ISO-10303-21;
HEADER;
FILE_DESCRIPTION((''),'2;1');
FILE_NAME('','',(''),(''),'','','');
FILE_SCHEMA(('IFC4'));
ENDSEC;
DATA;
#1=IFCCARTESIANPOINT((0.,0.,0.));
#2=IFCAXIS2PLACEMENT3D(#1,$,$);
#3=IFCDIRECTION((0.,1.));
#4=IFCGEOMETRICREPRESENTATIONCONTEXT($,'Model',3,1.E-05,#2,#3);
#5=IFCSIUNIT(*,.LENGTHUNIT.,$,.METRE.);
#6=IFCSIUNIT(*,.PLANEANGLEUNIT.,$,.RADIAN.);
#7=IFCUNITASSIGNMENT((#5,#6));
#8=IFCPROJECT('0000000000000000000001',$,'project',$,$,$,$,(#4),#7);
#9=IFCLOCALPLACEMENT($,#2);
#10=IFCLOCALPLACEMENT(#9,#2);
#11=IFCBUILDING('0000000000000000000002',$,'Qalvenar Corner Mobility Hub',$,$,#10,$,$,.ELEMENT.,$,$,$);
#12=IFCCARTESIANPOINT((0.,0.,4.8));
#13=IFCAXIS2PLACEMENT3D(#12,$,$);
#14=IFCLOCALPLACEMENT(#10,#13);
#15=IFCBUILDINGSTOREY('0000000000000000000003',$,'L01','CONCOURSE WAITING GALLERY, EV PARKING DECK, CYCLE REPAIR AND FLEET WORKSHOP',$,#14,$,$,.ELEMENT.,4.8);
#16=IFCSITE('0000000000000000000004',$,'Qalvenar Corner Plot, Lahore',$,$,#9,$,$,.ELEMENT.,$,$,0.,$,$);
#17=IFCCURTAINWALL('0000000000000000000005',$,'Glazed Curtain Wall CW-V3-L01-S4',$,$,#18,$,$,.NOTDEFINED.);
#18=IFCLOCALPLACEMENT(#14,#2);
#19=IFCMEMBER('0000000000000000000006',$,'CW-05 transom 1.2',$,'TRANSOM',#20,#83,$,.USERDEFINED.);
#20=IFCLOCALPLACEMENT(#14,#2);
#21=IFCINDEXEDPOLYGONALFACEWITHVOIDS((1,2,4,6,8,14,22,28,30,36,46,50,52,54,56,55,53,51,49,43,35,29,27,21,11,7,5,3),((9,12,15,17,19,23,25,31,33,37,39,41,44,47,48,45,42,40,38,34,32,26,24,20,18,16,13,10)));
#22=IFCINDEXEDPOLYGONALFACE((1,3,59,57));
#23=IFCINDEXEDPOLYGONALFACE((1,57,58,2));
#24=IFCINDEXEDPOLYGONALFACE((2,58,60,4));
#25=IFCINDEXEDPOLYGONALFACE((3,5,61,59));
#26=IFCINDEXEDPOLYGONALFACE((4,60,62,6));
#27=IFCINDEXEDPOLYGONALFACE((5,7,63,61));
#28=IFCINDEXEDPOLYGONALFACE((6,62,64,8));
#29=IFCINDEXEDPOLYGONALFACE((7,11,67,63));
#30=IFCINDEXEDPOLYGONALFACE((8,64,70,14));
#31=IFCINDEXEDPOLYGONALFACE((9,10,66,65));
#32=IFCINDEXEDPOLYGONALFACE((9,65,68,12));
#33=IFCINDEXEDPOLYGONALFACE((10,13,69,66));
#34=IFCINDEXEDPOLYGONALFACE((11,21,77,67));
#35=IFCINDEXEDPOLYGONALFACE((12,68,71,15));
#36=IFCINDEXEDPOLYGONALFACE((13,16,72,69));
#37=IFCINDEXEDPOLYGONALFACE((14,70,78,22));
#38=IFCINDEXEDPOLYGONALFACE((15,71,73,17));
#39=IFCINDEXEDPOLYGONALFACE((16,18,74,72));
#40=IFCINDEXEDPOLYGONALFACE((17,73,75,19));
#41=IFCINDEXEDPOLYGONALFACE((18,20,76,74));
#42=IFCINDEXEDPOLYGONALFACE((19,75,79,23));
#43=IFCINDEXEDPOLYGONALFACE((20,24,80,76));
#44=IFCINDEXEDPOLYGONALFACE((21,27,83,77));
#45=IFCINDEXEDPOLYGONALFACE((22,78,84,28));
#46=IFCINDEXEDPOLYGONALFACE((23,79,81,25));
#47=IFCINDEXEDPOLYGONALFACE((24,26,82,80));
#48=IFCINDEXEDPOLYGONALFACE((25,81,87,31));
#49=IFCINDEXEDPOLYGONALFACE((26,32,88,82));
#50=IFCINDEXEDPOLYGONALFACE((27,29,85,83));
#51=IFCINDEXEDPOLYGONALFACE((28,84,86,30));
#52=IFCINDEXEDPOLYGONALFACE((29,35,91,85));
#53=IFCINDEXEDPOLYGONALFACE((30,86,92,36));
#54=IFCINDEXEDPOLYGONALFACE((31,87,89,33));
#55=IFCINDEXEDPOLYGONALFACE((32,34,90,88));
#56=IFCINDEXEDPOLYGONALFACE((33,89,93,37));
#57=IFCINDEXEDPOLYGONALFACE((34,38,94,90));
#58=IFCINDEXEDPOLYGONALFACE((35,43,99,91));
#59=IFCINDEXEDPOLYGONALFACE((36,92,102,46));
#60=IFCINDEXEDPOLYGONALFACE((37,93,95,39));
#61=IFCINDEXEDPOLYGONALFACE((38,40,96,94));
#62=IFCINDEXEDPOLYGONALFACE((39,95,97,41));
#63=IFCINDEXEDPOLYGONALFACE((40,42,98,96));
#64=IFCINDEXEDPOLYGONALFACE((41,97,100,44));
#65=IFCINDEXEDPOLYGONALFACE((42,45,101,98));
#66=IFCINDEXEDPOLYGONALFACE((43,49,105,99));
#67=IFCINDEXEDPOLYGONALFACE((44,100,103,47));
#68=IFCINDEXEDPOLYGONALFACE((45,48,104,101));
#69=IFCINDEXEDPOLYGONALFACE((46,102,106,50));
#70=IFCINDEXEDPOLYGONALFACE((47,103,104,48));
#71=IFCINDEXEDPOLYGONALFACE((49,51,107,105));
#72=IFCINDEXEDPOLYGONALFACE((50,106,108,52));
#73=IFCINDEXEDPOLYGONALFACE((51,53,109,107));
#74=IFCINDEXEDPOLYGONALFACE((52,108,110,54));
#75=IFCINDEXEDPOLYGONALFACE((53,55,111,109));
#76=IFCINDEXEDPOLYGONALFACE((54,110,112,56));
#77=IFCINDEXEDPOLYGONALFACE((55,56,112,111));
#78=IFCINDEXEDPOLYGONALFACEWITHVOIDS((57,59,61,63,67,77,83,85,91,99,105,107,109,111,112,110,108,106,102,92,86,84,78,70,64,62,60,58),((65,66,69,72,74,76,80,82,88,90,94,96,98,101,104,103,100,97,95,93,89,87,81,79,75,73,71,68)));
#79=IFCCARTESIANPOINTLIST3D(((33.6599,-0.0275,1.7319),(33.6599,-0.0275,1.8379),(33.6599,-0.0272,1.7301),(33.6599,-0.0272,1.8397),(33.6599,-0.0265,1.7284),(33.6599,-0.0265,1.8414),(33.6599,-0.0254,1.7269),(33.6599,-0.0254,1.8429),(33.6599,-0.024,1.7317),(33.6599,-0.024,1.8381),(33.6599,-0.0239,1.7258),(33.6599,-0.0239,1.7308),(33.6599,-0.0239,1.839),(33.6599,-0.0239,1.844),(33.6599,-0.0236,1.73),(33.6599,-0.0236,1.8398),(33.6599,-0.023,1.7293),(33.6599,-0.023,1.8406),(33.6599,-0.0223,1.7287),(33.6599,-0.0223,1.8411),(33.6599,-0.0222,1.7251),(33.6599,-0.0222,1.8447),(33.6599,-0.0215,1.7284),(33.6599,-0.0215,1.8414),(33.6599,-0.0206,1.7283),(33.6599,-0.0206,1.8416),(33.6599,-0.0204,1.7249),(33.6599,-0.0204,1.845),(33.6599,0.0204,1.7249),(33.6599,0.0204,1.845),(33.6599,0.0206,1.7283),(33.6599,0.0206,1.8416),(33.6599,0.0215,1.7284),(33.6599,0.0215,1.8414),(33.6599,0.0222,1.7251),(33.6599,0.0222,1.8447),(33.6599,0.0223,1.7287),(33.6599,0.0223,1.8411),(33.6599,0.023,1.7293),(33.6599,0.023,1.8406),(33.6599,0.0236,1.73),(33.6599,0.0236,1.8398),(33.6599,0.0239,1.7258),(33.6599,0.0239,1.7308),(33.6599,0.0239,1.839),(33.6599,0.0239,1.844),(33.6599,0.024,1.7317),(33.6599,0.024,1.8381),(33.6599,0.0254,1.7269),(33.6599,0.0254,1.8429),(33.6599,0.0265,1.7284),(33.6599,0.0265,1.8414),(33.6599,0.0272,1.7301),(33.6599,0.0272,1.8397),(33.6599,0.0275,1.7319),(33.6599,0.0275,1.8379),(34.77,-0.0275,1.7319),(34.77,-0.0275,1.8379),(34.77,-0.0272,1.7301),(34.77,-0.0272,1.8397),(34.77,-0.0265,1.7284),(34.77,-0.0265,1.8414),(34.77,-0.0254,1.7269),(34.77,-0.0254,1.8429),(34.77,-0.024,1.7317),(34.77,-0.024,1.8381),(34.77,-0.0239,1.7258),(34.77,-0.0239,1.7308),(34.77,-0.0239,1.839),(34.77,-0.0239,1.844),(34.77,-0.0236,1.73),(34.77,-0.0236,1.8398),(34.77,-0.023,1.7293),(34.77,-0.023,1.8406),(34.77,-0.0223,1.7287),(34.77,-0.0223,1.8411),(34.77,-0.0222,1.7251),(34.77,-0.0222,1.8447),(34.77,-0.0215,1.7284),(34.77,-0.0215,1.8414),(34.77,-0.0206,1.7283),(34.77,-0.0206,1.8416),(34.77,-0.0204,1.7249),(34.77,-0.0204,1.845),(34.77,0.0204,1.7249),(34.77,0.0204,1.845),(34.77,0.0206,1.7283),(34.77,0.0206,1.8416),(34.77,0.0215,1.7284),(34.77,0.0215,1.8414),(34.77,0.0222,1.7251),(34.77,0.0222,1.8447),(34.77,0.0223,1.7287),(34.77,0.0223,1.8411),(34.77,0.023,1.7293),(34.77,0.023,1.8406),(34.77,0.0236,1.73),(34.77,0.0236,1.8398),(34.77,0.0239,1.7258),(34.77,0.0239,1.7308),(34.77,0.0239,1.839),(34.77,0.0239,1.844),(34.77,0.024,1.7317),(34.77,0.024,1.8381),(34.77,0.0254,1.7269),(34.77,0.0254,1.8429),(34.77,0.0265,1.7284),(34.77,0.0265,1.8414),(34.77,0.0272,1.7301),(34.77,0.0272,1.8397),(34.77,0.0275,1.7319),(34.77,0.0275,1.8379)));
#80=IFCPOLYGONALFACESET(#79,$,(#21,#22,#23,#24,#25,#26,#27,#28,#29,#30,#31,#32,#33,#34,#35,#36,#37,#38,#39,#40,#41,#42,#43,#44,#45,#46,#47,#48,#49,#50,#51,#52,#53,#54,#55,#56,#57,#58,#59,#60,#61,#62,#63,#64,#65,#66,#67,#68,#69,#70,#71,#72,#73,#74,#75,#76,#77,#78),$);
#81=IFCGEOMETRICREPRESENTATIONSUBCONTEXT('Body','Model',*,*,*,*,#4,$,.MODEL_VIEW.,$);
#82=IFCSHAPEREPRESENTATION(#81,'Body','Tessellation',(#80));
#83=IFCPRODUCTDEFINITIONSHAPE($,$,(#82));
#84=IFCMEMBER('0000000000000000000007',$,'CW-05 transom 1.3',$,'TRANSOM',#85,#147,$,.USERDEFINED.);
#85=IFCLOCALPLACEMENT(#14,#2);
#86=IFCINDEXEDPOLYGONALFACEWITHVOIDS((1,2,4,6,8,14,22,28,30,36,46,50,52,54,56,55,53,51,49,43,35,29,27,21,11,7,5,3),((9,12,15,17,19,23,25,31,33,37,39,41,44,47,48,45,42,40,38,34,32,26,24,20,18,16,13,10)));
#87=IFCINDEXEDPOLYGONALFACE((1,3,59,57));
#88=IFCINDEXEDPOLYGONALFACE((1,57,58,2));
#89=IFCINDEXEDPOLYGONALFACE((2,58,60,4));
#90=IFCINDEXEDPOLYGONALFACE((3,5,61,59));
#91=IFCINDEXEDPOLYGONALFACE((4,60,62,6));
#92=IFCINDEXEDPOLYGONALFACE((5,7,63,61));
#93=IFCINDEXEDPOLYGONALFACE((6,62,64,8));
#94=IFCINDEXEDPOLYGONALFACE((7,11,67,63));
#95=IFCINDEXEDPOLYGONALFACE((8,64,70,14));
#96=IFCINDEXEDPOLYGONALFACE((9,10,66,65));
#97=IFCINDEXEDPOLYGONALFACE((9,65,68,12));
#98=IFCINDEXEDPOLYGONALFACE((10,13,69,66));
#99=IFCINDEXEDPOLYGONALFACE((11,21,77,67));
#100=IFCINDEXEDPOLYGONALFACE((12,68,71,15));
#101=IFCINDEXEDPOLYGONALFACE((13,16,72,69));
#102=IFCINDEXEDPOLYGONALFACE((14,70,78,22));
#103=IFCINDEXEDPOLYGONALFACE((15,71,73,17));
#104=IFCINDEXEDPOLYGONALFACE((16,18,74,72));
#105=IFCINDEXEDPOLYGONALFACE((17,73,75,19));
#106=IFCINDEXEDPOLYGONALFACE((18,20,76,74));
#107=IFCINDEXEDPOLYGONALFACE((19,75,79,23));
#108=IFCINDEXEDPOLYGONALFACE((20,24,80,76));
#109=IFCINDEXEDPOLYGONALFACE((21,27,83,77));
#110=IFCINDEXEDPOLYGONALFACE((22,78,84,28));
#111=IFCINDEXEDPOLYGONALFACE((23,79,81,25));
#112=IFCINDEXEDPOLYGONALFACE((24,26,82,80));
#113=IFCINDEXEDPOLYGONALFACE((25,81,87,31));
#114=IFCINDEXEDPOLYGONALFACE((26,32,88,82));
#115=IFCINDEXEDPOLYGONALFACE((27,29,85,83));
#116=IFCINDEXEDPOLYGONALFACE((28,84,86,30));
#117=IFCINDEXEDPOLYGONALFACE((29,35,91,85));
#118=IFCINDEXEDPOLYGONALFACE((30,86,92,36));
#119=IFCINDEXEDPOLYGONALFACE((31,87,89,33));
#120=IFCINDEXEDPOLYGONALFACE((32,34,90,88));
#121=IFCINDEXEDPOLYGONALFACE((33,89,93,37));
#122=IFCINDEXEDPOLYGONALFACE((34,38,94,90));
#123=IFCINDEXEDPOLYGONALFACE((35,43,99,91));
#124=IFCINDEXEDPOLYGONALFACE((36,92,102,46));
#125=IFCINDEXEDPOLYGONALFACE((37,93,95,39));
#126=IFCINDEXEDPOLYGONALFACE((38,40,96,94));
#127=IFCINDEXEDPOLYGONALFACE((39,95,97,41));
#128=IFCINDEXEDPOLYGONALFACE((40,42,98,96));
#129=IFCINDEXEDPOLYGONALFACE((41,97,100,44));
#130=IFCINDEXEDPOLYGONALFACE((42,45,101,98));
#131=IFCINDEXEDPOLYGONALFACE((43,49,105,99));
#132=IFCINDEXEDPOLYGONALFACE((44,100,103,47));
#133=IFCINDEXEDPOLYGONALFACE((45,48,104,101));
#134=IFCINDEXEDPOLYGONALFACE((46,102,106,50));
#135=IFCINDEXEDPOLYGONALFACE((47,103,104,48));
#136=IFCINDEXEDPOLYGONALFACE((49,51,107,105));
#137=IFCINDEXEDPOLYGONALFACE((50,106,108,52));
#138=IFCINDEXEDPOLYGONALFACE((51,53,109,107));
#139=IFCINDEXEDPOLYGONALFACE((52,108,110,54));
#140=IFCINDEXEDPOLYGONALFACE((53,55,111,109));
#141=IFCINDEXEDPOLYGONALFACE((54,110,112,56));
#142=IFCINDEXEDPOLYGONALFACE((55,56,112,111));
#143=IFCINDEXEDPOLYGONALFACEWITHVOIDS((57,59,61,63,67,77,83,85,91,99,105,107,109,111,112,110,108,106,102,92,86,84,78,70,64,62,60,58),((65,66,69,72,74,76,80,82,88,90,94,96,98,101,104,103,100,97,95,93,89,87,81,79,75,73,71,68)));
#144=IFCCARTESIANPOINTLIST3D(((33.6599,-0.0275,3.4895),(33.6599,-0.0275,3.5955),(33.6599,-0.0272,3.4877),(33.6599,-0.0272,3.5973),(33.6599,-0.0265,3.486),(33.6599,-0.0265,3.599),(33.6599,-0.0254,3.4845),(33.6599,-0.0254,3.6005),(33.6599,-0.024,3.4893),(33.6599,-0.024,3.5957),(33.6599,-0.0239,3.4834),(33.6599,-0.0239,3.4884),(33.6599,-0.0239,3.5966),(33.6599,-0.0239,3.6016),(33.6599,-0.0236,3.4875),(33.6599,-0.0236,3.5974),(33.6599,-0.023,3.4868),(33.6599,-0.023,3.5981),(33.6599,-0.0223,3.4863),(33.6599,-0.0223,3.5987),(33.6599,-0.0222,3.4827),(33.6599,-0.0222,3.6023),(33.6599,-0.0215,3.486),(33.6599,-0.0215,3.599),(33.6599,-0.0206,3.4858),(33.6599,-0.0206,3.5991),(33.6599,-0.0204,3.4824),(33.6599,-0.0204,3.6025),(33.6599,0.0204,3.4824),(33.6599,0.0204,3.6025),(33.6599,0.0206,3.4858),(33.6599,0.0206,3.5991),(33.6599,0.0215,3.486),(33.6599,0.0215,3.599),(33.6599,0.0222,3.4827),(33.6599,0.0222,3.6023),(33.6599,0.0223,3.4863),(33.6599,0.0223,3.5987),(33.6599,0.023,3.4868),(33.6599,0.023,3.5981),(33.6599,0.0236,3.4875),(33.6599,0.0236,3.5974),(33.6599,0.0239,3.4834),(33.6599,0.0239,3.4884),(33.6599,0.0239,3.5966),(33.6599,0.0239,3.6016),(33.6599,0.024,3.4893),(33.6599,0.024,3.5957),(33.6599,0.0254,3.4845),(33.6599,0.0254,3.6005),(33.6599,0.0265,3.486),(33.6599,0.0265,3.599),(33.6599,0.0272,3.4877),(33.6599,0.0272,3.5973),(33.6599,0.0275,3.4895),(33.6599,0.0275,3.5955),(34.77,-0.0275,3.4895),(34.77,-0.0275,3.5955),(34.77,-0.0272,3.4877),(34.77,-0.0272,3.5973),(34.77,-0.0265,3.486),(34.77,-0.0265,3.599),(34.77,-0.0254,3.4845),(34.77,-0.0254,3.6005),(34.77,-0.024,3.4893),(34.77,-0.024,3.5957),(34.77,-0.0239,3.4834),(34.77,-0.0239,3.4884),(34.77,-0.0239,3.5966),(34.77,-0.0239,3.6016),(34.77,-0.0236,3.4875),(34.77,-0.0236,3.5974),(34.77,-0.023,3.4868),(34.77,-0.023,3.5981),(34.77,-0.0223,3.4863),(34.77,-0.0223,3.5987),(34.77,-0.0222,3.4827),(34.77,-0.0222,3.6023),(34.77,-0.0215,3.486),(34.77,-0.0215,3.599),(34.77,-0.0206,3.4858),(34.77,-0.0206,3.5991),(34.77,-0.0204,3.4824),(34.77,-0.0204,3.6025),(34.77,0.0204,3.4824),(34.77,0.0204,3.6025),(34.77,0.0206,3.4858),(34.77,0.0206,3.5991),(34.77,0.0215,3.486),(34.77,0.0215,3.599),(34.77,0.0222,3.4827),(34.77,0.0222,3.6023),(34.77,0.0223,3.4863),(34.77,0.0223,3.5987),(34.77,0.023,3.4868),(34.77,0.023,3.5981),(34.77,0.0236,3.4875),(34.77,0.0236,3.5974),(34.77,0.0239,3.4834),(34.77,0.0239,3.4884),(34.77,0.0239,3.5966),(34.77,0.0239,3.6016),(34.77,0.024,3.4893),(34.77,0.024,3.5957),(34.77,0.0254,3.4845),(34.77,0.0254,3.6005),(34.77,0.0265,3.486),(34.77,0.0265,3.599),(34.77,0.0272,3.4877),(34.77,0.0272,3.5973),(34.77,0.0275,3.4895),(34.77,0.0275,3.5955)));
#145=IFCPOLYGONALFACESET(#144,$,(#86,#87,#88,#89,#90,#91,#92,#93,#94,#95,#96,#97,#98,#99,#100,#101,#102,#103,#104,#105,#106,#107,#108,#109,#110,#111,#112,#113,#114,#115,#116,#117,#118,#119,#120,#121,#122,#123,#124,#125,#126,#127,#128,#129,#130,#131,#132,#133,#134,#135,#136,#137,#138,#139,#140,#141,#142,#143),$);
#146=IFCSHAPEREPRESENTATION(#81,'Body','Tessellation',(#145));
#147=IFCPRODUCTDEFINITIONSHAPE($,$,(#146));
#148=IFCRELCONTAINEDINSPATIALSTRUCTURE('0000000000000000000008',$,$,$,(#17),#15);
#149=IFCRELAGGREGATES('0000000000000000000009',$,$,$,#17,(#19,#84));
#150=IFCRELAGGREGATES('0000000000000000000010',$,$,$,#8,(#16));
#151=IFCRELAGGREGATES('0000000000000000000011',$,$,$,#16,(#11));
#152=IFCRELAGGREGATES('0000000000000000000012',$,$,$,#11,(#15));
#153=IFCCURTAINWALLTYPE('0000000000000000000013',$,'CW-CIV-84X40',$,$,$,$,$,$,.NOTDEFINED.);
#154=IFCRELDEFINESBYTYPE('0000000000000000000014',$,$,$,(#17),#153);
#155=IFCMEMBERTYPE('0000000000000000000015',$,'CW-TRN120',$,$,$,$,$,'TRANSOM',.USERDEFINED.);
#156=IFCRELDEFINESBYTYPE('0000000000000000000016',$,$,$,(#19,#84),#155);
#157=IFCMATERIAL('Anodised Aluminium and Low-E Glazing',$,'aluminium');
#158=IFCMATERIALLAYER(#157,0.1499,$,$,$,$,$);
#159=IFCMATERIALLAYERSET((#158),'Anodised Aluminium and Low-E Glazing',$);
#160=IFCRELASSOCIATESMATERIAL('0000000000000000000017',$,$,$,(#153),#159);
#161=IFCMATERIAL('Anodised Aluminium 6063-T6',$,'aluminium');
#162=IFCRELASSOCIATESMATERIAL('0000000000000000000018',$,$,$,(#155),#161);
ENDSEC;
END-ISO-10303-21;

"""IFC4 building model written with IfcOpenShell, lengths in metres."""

from ifc_helpers import new_model, si_unit, direction, frame, origin, origin_2d, place, context, subcontext, project, spatial, hollow_rectangle, extrude, material, layer, layer_set, material_profile, profile_set, type_object, element, aggregate, save


model = new_model("IFC4")

# Units and contexts
model_context = context("Model", 3, precision=1e-05, world=origin(), true_north=direction((0.0, 1.0)))
body_context = subcontext(model_context, "Body", "Model", "MODEL_VIEW")
ifc_project = project(units=[si_unit("LENGTHUNIT", "METRE"), si_unit("PLANEANGLEUNIT", "RADIAN")], contexts=[model_context])

# Site, building, storey
site_placement = place(None, origin())
site = spatial("IfcSite", under=ifc_project, at=site_placement, Name="Qalvenar Corner Plot, Lahore", CompositionType="ELEMENT", RefElevation=0.0)
building_placement = place(site_placement, origin())
building = spatial("IfcBuilding", under=site, at=building_placement, Name="Qalvenar Corner Mobility Hub", CompositionType="ELEMENT")
storey_placement = place(building_placement, frame((0.0, 0.0, 4.8)))
storey = spatial("IfcBuildingStorey", under=building, at=storey_placement, Name="L01", Description="CONCOURSE WAITING GALLERY, EV PARKING DECK, CYCLE REPAIR AND FLEET WORKSHOP", CompositionType="ELEMENT", Elevation=4.8)

# Curtain wall, members
ifc_material_1 = material(Name="Anodised Aluminium and Low-E Glazing", Category="aluminium")
ifc_layer_1 = layer(ifc_material_1, 0.1499)
ifc_layer_set_1 = layer_set([ifc_layer_1], Name="Anodised Aluminium and Low-E Glazing")
curtain_wall_type = type_object("IfcCurtainWallType", Name="CW-CIV-84X40", PredefinedType="NOTDEFINED", material=ifc_layer_set_1)
curtain_wall_placement = place(storey_placement, origin())
curtain_wall = element("IfcCurtainWall", 1, at=curtain_wall_placement, inside=storey, type_object=curtain_wall_type, Name="Glazed Curtain Wall CW-V3-L01-S4", PredefinedType="NOTDEFINED")
ifc_material_2 = material(Name="Anodised Aluminium 6063-T6", Category="aluminium")
ifc_material_profile_1 = material_profile(ifc_material_2, hollow_rectangle(XDim=0.0549, YDim=0.1201, WallThickness=0.0034, InnerFilletRadius=0.0034, OuterFilletRadius=0.0071, at=origin_2d()), Name="RHS120x55x3.5")
ifc_profile_set_1 = profile_set([ifc_material_profile_1], Name="Anodised Aluminium 6063-T6")
member_type_1 = type_object("IfcMemberType", Name="CW-TRN120", ElementType="TRANSOM", PredefinedType="USERDEFINED", material=ifc_profile_set_1)
member_1_placement = place(storey_placement, frame((33.6599, 0.0, 1.7849), z_axis=(1.0, 0.0, 0.0), x_axis=(0.0, 1.0, 0.0)))
member_1 = element("IfcMember", 2, at=member_1_placement, type_object=member_type_1, Name="CW-05 transom 1.2", ObjectType="TRANSOM", PredefinedType="USERDEFINED", context=body_context, shape_type="SweptSolid", body=[
    extrude(hollow_rectangle(XDim=0.0549, YDim=0.1201, WallThickness=0.0034, InnerFilletRadius=0.0034, OuterFilletRadius=0.0071, at=origin_2d()), origin(), (0.0, 0.0, 1.0), 1.1101),
])
member_2_placement = place(storey_placement, frame((33.6599, 0.0, 3.5425), z_axis=(1.0, 0.0, 0.0), x_axis=(0.0, 1.0, 0.0)))
member_2 = element("IfcMember", 3, at=member_2_placement, type_object=member_type_1, Name="CW-05 transom 1.3", ObjectType="TRANSOM", PredefinedType="USERDEFINED", context=body_context, shape_type="SweptSolid", body=[
    extrude(hollow_rectangle(XDim=0.0549, YDim=0.1201, WallThickness=0.0034, InnerFilletRadius=0.0034, OuterFilletRadius=0.0071, at=origin_2d()), origin(), (0.0, 0.0, 1.0), 1.1101),
])
aggregate(curtain_wall, [member_1, member_2])

save(model, "model.ifc")
